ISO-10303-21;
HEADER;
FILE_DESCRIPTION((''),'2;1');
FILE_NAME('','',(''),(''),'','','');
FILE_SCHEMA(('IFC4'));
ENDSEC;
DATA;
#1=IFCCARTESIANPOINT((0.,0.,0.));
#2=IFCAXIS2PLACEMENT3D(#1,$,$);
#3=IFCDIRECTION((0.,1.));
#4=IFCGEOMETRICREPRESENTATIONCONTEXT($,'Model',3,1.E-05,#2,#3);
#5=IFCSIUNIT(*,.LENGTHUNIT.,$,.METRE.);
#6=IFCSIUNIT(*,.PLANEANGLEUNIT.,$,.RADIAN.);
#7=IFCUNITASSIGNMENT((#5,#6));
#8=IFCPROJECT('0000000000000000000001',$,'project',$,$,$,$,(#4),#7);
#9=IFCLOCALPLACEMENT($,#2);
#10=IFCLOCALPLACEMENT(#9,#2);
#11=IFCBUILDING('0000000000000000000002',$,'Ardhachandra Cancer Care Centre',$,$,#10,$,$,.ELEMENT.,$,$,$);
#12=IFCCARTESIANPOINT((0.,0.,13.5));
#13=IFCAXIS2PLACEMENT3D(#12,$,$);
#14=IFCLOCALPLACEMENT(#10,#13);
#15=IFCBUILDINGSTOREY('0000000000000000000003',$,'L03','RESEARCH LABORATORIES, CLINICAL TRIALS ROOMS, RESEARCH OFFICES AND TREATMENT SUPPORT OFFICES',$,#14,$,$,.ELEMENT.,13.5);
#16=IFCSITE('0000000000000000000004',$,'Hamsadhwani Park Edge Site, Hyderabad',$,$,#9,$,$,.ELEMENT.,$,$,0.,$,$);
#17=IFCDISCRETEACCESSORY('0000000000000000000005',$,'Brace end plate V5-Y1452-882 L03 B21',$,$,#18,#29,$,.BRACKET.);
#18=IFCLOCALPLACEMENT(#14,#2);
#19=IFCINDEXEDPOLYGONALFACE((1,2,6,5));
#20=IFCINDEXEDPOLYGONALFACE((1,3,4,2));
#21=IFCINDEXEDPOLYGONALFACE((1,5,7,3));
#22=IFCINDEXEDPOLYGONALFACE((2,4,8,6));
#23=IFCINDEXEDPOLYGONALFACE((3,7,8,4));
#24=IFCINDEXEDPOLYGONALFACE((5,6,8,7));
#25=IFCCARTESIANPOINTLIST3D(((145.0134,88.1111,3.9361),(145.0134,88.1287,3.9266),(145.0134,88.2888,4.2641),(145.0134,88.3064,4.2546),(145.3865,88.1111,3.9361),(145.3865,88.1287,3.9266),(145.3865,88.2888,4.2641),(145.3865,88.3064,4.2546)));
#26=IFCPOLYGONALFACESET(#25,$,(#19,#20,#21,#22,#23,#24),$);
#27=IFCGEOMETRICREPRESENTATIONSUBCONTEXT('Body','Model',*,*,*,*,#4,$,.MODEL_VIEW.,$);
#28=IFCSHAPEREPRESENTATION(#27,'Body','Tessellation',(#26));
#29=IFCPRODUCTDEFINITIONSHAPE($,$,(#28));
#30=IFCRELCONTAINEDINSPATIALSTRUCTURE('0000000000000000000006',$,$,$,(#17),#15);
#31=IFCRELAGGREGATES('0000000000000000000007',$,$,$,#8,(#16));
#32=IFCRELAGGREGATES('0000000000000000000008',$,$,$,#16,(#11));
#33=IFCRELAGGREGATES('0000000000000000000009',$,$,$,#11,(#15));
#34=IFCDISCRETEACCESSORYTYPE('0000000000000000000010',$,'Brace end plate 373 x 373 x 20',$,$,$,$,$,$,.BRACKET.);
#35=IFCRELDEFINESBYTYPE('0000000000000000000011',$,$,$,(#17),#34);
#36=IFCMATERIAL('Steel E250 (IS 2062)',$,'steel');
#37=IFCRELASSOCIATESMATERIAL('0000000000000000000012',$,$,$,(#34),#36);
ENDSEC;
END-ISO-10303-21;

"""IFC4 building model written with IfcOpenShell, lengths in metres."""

from ifc_helpers import new_model, si_unit, direction, frame, origin, origin_2d, place, context, subcontext, project, spatial, rectangle, extrude, material, material_profile, profile_set, type_object, element, save


model = new_model("IFC4")

# Units and contexts
model_context = context("Model", 3, precision=1e-05, world=origin(), true_north=direction((0.0, 1.0)))
body_context = subcontext(model_context, "Body", "Model", "MODEL_VIEW")
ifc_project = project(units=[si_unit("LENGTHUNIT", "METRE"), si_unit("PLANEANGLEUNIT", "RADIAN")], contexts=[model_context])

# Site, building, storey
site_placement = place(None, origin())
site = spatial("IfcSite", under=ifc_project, at=site_placement, Name="Hamsadhwani Park Edge Site, Hyderabad", CompositionType="ELEMENT", RefElevation=0.0)
building_placement = place(site_placement, origin())
building = spatial("IfcBuilding", under=site, at=building_placement, Name="Ardhachandra Cancer Care Centre", CompositionType="ELEMENT")
storey_placement = place(building_placement, frame((0.0, 0.0, 13.5)))
storey = spatial("IfcBuildingStorey", under=building, at=storey_placement, Name="L03", Description="RESEARCH LABORATORIES, CLINICAL TRIALS ROOMS, RESEARCH OFFICES AND TREATMENT SUPPORT OFFICES", CompositionType="ELEMENT", Elevation=13.5)

# Discrete accessory
ifc_material_1 = material(Name="Steel E250 (IS 2062)", Category="steel")
ifc_material_profile_1 = material_profile(ifc_material_1, rectangle(XDim=0.373, YDim=0.373, at=origin_2d()), Name="PL 373x373x20")
ifc_profile_set_1 = profile_set([ifc_material_profile_1], Name="Steel E250 (IS 2062)")
discrete_accessory_type = type_object("IfcDiscreteAccessoryType", Name="Brace end plate 373 x 373 x 20", PredefinedType="BRACKET", material=ifc_profile_set_1)
discrete_accessory_1_placement = place(storey_placement, frame((145.2, 88.2, 4.1001), z_axis=(0.0, 0.879292, -0.476283), x_axis=(-1.0, 0.0, 0.0)))
element("IfcDiscreteAccessory", 1, at=discrete_accessory_1_placement, inside=storey, type_object=discrete_accessory_type, Name="Brace end plate V5-Y1452-882 L03 B21", PredefinedType="BRACKET", context=body_context, shape_type="SweptSolid", body=[
    extrude(rectangle(XDim=0.373, YDim=0.373, at=origin_2d()), origin(), (0.0, 0.0, 1.0), 0.02),
])

save(model, "model.ifc")
